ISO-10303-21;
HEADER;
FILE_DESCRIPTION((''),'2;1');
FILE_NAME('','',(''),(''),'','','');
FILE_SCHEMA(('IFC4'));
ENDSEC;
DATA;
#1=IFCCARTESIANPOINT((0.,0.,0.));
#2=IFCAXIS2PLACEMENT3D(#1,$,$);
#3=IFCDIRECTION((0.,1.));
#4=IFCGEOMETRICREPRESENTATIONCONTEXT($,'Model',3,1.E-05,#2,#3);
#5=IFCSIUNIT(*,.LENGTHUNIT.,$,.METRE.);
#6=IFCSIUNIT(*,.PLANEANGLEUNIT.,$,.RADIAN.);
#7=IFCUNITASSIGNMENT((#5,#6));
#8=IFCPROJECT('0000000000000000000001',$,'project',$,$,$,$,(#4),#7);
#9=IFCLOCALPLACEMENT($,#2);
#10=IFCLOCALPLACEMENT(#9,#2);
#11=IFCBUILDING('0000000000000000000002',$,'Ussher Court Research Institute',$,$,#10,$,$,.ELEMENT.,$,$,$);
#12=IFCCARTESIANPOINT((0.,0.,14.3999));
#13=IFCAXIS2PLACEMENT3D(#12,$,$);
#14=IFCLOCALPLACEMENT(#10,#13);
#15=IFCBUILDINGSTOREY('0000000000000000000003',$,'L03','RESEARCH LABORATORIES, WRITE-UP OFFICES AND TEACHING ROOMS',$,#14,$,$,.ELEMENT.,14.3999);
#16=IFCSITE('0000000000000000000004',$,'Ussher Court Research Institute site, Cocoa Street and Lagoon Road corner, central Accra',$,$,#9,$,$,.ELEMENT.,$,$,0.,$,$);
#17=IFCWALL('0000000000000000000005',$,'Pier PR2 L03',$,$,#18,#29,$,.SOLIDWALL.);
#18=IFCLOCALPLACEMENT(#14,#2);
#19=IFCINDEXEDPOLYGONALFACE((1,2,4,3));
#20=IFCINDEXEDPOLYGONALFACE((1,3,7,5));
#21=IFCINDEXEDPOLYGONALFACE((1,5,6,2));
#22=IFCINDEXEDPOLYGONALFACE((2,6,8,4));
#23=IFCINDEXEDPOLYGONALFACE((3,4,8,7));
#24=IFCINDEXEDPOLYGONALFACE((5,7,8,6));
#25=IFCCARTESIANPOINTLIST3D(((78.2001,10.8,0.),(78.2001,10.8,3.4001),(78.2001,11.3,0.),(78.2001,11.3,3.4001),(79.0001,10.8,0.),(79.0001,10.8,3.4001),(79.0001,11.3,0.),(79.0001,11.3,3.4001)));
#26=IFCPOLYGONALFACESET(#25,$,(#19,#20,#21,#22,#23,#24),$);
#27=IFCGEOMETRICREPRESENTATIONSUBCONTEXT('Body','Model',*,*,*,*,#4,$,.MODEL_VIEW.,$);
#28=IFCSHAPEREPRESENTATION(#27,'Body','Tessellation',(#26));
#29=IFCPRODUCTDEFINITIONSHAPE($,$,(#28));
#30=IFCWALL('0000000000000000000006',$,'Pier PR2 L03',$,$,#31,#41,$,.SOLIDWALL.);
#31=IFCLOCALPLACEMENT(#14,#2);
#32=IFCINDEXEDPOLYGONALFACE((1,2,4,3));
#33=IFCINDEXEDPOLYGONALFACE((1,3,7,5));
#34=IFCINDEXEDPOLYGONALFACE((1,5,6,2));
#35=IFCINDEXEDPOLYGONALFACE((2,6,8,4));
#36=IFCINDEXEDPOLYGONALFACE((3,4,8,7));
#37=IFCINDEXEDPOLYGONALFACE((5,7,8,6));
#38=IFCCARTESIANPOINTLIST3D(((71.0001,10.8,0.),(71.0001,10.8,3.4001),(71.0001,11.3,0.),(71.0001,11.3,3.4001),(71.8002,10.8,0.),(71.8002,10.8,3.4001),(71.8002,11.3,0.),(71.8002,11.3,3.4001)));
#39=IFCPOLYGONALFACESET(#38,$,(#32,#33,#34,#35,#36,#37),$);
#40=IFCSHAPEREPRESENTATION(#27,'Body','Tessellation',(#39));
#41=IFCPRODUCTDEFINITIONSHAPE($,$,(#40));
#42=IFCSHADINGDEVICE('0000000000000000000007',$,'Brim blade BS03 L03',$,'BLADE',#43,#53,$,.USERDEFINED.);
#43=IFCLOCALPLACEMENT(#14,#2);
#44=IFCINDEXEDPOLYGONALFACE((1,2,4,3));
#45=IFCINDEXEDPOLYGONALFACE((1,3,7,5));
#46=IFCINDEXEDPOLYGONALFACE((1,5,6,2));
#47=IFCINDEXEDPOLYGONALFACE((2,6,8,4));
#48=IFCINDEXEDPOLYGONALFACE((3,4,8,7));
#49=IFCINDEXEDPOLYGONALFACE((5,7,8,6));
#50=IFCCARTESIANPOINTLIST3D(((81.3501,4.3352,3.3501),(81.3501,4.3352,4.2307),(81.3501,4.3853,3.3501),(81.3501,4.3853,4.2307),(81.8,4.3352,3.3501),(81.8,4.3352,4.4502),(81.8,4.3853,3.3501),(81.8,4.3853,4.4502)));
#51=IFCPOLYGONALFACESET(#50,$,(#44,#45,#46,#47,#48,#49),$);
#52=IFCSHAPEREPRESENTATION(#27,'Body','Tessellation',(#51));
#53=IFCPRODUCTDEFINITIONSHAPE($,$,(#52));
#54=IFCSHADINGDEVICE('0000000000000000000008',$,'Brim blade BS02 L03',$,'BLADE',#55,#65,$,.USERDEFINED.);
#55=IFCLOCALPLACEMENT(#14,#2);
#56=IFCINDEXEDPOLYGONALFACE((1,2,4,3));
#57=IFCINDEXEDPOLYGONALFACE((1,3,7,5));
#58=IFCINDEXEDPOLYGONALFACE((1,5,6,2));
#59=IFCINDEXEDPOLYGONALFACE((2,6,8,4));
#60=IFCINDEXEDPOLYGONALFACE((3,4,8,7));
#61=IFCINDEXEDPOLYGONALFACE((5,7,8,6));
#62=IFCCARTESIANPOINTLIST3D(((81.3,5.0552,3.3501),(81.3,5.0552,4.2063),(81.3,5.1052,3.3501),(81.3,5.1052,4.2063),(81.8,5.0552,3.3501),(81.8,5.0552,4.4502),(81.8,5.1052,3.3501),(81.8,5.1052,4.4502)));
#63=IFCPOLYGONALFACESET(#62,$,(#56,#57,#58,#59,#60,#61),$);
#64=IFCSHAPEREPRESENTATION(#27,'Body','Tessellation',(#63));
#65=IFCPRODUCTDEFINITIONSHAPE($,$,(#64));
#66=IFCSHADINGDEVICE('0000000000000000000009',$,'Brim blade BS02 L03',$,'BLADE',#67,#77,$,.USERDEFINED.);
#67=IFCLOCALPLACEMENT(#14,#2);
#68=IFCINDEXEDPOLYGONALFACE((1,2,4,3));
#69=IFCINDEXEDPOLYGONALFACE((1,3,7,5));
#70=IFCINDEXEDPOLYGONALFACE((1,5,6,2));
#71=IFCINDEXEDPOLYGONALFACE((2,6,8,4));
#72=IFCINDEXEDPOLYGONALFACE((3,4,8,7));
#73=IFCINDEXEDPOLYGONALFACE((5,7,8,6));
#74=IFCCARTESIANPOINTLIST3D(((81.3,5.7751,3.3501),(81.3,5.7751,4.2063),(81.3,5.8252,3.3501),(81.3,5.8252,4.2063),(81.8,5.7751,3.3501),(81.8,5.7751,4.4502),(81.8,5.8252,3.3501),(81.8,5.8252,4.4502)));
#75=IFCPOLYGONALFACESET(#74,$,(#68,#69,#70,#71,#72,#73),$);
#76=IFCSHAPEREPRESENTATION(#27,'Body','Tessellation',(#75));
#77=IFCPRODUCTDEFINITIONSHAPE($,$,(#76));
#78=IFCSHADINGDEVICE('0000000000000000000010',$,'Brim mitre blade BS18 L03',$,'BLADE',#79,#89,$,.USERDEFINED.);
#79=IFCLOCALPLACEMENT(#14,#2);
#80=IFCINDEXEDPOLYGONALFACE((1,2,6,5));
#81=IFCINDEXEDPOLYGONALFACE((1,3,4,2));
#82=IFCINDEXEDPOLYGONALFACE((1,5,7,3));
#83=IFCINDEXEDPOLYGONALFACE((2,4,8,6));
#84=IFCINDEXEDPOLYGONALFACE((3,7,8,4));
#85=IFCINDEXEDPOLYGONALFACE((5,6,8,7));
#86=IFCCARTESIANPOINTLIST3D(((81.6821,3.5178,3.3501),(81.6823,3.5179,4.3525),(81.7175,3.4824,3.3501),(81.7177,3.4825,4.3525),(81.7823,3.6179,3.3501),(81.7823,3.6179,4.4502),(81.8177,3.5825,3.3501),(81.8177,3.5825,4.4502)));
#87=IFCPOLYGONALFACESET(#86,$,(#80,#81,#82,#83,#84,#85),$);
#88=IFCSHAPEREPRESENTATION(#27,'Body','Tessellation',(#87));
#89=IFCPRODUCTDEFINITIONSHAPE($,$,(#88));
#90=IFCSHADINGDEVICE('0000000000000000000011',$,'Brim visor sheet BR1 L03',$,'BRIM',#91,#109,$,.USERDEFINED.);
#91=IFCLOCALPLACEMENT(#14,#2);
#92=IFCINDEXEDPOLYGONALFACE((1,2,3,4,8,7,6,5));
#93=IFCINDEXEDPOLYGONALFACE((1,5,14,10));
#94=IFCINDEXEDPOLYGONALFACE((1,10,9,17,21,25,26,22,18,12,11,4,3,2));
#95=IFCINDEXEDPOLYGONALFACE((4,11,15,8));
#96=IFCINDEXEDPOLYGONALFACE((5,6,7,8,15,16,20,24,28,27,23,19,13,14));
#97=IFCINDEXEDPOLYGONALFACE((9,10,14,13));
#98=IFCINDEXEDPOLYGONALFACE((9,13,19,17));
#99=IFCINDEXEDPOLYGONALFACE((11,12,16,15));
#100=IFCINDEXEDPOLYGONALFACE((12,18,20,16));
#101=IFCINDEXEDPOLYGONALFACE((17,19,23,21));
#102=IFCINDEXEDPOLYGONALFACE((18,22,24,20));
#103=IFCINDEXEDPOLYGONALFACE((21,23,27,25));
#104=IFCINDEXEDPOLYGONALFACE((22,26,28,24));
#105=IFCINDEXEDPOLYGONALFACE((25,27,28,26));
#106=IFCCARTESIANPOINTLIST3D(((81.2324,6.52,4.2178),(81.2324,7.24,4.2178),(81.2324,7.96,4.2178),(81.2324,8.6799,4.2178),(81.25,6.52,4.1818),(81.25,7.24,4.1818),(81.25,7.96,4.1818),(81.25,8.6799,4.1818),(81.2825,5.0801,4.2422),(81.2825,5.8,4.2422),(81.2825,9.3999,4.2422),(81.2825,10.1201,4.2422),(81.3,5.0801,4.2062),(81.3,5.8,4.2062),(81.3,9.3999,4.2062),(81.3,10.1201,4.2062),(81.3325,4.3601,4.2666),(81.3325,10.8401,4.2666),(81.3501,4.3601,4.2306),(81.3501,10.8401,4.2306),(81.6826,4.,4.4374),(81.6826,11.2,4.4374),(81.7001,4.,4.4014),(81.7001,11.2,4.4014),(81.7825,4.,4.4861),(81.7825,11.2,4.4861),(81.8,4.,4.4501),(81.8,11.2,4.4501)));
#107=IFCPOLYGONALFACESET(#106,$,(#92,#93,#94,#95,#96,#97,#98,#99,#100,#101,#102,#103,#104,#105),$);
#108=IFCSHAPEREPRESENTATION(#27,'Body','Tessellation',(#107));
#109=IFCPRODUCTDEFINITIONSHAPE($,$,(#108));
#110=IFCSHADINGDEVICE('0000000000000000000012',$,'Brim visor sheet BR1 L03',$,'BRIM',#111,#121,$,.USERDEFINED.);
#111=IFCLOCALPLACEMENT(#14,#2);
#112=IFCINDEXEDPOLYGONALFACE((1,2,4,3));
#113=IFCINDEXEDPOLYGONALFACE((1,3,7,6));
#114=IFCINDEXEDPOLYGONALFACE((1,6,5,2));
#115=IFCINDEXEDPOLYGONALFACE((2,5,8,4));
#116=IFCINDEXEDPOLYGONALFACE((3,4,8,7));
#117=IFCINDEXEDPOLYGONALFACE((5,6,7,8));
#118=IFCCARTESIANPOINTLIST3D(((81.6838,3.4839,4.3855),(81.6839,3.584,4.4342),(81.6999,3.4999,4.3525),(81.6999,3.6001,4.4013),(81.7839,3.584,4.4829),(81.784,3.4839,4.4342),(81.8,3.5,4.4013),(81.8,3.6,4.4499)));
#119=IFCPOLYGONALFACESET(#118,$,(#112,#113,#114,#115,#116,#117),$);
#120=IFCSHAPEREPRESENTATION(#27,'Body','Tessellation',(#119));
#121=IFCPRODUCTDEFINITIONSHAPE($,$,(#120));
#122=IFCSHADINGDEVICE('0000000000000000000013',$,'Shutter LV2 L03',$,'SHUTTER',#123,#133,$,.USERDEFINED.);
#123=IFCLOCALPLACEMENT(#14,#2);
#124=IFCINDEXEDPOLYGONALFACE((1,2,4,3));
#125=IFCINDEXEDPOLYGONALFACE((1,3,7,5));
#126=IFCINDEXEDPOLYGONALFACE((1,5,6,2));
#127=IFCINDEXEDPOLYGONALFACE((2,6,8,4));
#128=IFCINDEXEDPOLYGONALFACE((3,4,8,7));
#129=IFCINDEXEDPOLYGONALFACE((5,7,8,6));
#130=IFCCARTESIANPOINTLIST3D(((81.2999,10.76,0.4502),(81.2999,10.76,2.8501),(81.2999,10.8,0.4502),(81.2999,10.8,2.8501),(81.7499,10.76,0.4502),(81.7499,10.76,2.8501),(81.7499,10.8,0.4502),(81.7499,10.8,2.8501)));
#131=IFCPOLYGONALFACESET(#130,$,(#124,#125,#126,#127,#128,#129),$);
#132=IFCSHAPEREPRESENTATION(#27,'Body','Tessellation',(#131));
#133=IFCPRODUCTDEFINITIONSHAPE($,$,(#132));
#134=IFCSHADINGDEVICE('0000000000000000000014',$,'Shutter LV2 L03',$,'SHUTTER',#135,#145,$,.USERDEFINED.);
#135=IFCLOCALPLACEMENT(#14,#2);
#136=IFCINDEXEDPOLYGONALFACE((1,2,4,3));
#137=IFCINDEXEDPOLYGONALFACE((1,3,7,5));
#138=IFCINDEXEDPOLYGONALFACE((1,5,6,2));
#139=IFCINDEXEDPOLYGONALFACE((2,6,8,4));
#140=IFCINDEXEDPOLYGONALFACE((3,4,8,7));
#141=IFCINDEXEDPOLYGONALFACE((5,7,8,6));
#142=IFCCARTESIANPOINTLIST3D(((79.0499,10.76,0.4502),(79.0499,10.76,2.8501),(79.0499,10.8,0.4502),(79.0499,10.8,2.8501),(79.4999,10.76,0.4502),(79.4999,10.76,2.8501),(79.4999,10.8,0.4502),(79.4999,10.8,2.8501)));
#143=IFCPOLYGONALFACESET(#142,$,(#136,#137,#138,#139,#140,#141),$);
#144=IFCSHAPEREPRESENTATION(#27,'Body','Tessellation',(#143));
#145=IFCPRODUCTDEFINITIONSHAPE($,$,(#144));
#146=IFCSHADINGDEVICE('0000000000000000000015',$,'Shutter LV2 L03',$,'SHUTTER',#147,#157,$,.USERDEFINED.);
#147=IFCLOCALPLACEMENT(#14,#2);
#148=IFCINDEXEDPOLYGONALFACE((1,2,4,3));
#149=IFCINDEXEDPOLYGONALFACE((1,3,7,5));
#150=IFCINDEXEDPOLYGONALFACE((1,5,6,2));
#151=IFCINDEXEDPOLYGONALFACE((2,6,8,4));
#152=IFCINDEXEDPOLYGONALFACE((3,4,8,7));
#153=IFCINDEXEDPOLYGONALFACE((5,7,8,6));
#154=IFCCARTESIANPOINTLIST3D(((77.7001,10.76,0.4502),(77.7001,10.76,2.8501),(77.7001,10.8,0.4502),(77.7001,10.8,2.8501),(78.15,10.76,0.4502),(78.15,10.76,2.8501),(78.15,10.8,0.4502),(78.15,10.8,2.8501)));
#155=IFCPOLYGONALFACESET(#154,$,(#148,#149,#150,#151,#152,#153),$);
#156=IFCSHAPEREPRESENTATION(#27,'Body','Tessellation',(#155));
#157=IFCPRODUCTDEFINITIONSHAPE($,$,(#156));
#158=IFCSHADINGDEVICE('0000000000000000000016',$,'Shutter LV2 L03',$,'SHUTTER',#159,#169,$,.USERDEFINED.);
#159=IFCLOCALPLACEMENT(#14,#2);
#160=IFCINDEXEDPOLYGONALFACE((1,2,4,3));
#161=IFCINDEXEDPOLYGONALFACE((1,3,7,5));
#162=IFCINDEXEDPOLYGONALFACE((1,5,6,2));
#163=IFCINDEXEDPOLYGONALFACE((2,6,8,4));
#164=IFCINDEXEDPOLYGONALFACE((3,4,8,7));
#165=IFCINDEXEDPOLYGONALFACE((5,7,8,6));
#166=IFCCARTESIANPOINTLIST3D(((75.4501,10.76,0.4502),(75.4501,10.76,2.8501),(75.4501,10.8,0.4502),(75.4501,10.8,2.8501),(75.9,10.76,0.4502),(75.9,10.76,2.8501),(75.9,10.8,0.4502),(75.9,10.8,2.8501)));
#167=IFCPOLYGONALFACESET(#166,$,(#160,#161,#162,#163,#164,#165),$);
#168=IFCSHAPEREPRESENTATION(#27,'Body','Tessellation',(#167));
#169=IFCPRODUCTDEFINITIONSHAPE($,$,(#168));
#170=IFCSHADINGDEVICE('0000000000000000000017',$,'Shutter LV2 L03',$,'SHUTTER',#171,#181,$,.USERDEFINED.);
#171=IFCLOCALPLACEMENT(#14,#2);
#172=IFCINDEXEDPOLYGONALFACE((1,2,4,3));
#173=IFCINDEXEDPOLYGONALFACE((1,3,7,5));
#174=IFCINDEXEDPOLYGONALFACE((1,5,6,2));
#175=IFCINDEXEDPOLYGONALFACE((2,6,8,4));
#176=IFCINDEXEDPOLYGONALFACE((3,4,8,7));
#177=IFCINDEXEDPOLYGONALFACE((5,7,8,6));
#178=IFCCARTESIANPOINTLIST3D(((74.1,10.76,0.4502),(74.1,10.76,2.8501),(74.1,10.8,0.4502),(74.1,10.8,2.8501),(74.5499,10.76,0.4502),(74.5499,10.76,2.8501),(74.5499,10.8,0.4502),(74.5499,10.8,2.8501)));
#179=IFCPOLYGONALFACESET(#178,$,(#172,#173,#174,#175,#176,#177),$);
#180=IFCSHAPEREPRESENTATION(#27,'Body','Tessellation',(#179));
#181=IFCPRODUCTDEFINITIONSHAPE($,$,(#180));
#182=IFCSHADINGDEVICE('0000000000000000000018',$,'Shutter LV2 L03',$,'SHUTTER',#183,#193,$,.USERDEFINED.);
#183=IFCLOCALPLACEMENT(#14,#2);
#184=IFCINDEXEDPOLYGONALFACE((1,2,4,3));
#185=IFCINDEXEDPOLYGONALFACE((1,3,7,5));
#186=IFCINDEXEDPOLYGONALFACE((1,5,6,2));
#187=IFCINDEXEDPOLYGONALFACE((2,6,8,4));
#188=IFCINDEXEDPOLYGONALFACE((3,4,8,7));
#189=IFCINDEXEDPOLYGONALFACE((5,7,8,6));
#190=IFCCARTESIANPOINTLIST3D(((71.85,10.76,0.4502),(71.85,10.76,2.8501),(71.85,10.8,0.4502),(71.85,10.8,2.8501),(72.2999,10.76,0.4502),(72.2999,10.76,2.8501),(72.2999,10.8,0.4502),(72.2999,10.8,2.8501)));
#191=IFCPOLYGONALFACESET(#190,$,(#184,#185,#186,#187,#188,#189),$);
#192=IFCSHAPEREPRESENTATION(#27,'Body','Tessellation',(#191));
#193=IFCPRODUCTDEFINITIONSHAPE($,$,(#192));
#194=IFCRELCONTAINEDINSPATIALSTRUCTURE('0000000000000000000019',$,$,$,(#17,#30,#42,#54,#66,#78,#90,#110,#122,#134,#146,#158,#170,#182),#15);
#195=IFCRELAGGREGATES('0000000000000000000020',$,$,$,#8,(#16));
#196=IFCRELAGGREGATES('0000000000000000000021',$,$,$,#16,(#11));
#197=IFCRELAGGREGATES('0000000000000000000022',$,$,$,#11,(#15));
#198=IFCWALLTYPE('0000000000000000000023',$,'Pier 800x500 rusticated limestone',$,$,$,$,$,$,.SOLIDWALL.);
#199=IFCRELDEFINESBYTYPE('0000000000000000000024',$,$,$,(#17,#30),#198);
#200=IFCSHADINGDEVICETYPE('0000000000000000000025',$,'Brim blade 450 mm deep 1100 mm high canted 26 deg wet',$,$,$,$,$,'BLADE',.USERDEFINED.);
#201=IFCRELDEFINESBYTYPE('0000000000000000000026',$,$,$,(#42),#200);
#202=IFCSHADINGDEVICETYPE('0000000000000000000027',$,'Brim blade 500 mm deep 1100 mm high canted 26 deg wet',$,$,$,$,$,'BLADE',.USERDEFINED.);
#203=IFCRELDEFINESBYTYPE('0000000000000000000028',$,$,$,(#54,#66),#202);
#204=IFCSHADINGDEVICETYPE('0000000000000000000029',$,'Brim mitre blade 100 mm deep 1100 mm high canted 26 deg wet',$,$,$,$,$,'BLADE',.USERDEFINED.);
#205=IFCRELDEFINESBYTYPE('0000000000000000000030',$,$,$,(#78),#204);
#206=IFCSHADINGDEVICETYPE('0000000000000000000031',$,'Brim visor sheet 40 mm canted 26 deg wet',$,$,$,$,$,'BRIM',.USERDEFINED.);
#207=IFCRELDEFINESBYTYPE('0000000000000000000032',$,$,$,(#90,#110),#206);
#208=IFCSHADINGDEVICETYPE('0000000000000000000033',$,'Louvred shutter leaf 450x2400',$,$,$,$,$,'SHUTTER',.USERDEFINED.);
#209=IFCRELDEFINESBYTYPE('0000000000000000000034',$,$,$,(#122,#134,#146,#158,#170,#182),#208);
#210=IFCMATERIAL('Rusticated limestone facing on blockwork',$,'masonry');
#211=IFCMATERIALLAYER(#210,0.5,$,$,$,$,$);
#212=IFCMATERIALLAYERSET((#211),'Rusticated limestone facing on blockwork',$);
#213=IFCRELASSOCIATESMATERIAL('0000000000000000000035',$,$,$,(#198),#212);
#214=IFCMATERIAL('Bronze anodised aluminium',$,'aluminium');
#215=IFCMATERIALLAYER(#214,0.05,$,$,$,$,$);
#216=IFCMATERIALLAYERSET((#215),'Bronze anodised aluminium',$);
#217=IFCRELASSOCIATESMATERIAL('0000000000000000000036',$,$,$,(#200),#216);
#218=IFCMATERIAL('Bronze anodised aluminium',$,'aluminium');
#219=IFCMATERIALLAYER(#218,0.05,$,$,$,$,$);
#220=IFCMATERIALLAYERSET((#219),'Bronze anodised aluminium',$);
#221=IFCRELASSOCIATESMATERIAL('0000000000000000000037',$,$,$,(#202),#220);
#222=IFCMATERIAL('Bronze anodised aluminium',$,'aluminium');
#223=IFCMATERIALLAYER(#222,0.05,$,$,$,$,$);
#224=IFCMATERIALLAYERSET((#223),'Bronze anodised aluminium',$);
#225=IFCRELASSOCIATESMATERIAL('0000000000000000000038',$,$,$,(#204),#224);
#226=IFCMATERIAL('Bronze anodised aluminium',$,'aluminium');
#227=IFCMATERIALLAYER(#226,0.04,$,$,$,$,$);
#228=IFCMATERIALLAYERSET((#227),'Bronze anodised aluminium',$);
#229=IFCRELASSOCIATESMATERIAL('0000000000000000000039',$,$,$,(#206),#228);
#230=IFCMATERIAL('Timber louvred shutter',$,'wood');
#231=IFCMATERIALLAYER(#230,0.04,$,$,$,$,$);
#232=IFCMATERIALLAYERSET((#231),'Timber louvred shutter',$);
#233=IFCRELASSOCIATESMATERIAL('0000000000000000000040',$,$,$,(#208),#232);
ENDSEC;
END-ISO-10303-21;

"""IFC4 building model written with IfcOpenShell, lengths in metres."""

from ifc_helpers import new_model, si_unit, direction, frame, frame_2d, origin, origin_2d, place, context, subcontext, project, spatial, polyline, rectangle, outline, extrude, material, layer, layer_set, type_object, element, save


model = new_model("IFC4")

# Units and contexts
model_context = context("Model", 3, precision=1e-05, world=origin(), true_north=direction((0.0, 1.0)))
body_context = subcontext(model_context, "Body", "Model", "MODEL_VIEW")
ifc_project = project(units=[si_unit("LENGTHUNIT", "METRE"), si_unit("PLANEANGLEUNIT", "RADIAN")], contexts=[model_context])

# Site, building, storey
site_placement = place(None, origin())
site = spatial("IfcSite", under=ifc_project, at=site_placement, Name="Ussher Court Research Institute site, Cocoa Street and Lagoon Road corner, central Accra", CompositionType="ELEMENT", RefElevation=0.0)
building_placement = place(site_placement, origin())
building = spatial("IfcBuilding", under=site, at=building_placement, Name="Ussher Court Research Institute", CompositionType="ELEMENT")
storey_placement = place(building_placement, frame((0.0, 0.0, 14.3999)))
storey = spatial("IfcBuildingStorey", under=building, at=storey_placement, Name="L03", Description="RESEARCH LABORATORIES, WRITE-UP OFFICES AND TEACHING ROOMS", CompositionType="ELEMENT", Elevation=14.3999)

# Walls
ifc_material_1 = material(Name="Rusticated limestone facing on blockwork", Category="masonry")
ifc_layer_1 = layer(ifc_material_1, 0.5)
ifc_layer_set_1 = layer_set([ifc_layer_1], Name="Rusticated limestone facing on blockwork")
wall_type_1 = type_object("IfcWallType", Name="Pier 800x500 rusticated limestone", PredefinedType="SOLIDWALL", material=ifc_layer_set_1)
for number, where, z_axis, x_axis, name in (
    (1, (79.0, 11.05, 0.0), (0.0, 0.0, 1.0), (-1.0, 0.0, 0.0), "Pier PR2 L03"),
    (2, (71.8, 11.05, 0.0), (0.0, 0.0, 1.0), (-1.0, 0.0, 0.0), "Pier PR2 L03"),
):
    element("IfcWall", number, at=place(storey_placement, frame(where, z_axis=z_axis, x_axis=x_axis)), inside=storey, type_object=wall_type_1, Name=name, PredefinedType="SOLIDWALL", context=body_context, shape_type="SweptSolid", body=[
        extrude(rectangle(XDim=0.8, YDim=0.5, at=frame_2d((0.3999, 0.0))), origin(), (0.0, 0.0, 1.0), 3.4001),
    ])

# Shading devices
ifc_material_2 = material(Name="Bronze anodised aluminium", Category="aluminium")
ifc_layer_2 = layer(ifc_material_2, 0.05)
ifc_layer_set_2 = layer_set([ifc_layer_2], Name="Bronze anodised aluminium")
shading_device_type_1 = type_object("IfcShadingDeviceType", Name="Brim blade 450 mm deep 1100 mm high canted 26 deg wet", ElementType="BLADE", PredefinedType="USERDEFINED", material=ifc_layer_set_2)
shading_device_1_placement = place(storey_placement, frame((81.8, 4.3601, 3.3501), z_axis=(0.0, 0.0, 1.0), x_axis=(-1.0, 0.0, 0.0)))
element("IfcShadingDevice", 3, at=shading_device_1_placement, inside=storey, type_object=shading_device_type_1, Name="Brim blade BS03 L03", ObjectType="BLADE", PredefinedType="USERDEFINED", context=body_context, shape_type="SweptSolid", body=[
    extrude(outline(polyline([(0.0, 0.0), (0.45, 0.0), (0.45, 0.8806), (0.0, 1.1001), (0.0, 0.0)])), frame((0.0, 0.0249, 0.0), z_axis=(0.0, -1.0, 0.0), x_axis=(1.0, 0.0, 0.0)), (0.0, 0.0, 1.0), 0.05),
])
ifc_material_3 = material(Name="Bronze anodised aluminium", Category="aluminium")
ifc_layer_3 = layer(ifc_material_3, 0.05)
ifc_layer_set_3 = layer_set([ifc_layer_3], Name="Bronze anodised aluminium")
shading_device_type_2 = type_object("IfcShadingDeviceType", Name="Brim blade 500 mm deep 1100 mm high canted 26 deg wet", ElementType="BLADE", PredefinedType="USERDEFINED", material=ifc_layer_set_3)
for number, where, z_axis, x_axis, name in (
    (4, (81.8, 5.0801, 3.3501), (0.0, 0.0, 1.0), (-1.0, 0.0, 0.0), "Brim blade BS02 L03"),
    (5, (81.8, 5.8, 3.3501), (0.0, 0.0, 1.0), (-1.0, 0.0, 0.0), "Brim blade BS02 L03"),
):
    element("IfcShadingDevice", number, at=place(storey_placement, frame(where, z_axis=z_axis, x_axis=x_axis)), inside=storey, type_object=shading_device_type_2, Name=name, ObjectType="BLADE", PredefinedType="USERDEFINED", context=body_context, shape_type="SweptSolid", body=[
        extrude(outline(polyline([(0.0, 0.0), (0.5, 0.0), (0.5, 0.8562), (0.0, 1.1001), (0.0, 0.0)])), frame((0.0, 0.0249, 0.0), z_axis=(0.0, -1.0, 0.0), x_axis=(1.0, 0.0, 0.0)), (0.0, 0.0, 1.0), 0.05),
    ])
ifc_material_4 = material(Name="Bronze anodised aluminium", Category="aluminium")
ifc_layer_4 = layer(ifc_material_4, 0.05)
ifc_layer_set_4 = layer_set([ifc_layer_4], Name="Bronze anodised aluminium")
shading_device_type_3 = type_object("IfcShadingDeviceType", Name="Brim mitre blade 100 mm deep 1100 mm high canted 26 deg wet", ElementType="BLADE", PredefinedType="USERDEFINED", material=ifc_layer_set_4)
shading_device_2_placement = place(storey_placement, frame((81.8, 3.6001, 3.3501), z_axis=(0.0, 0.0, 1.0), x_axis=(-0.707107, -0.707107, 0.0)))
element("IfcShadingDevice", 6, at=shading_device_2_placement, inside=storey, type_object=shading_device_type_3, Name="Brim mitre blade BS18 L03", ObjectType="BLADE", PredefinedType="USERDEFINED", context=body_context, shape_type="SweptSolid", body=[
    extrude(outline(polyline([(0.0, 0.0), (0.1416, 0.0), (0.1414, 1.0024), (0.0, 1.1001), (0.0, 0.0)])), frame((0.0, 0.0249, 0.0), z_axis=(0.0, -1.0, 0.0), x_axis=(1.0, 0.0, 0.0)), (0.0, 0.0, 1.0), 0.05),
])
ifc_material_5 = material(Name="Bronze anodised aluminium", Category="aluminium")
ifc_layer_5 = layer(ifc_material_5, 0.04)
ifc_layer_set_5 = layer_set([ifc_layer_5], Name="Bronze anodised aluminium")
shading_device_type_4 = type_object("IfcShadingDeviceType", Name="Brim visor sheet 40 mm canted 26 deg wet", ElementType="BRIM", PredefinedType="USERDEFINED", material=ifc_layer_set_5)
shading_device_3_placement = place(storey_placement, frame((81.7825, 4.0, 4.4861), z_axis=(-0.438424, 0.0, 0.898768), x_axis=(0.0, 1.0, 0.0)))
element("IfcShadingDevice", 7, at=shading_device_3_placement, inside=storey, type_object=shading_device_type_4, Name="Brim visor sheet BR1 L03", ObjectType="BRIM", PredefinedType="USERDEFINED", context=body_context, shape_type="SweptSolid", body=[
    extrude(outline(polyline([(0.0, 0.0), (7.2, 0.0), (7.2, 0.1112), (6.8401, 0.5006), (6.1201, 0.5563), (5.3999, 0.5563), (4.6799, 0.612), (3.96, 0.612), (3.24, 0.612), (2.52, 0.612), (1.8, 0.5563), (1.0801, 0.5563), (0.3601, 0.5006), (0.0, 0.1112), (0.0, 0.0)])), origin(), (0.0, 0.0, -1.0), 0.04),
])
shading_device_4_placement = place(storey_placement, frame((81.7839, 3.584, 4.4829), z_axis=(-0.400848, -0.400848, 0.823797), x_axis=(-0.899269, 0.000362, -0.437395)))
element("IfcShadingDevice", 8, at=shading_device_4_placement, inside=storey, type_object=shading_device_type_4, Name="Brim visor sheet BR1 L03", ObjectType="BRIM", PredefinedType="USERDEFINED", context=body_context, shape_type="SweptSolid", body=[
    extrude(outline(polyline([(0.0, 0.0), (0.1113, 0.0), (0.1326, 0.1093), (0.0212, 0.1092), (0.0, 0.0)])), origin(), (0.0, 0.0, -1.0), 0.04),
])
ifc_material_6 = material(Name="Timber louvred shutter", Category="wood")
ifc_layer_6 = layer(ifc_material_6, 0.04)
ifc_layer_set_6 = layer_set([ifc_layer_6], Name="Timber louvred shutter")
shading_device_type_5 = type_object("IfcShadingDeviceType", Name="Louvred shutter leaf 450x2400", ElementType="SHUTTER", PredefinedType="USERDEFINED", material=ifc_layer_set_6)
for number, where, z_axis, x_axis, name in (
    (9, (81.5249, 10.78, 0.4502), (0.0, 0.0, 1.0), (-1.0, 0.0, 0.0), "Shutter LV2 L03"),
    (10, (79.2749, 10.78, 0.4502), (0.0, 0.0, 1.0), (-1.0, 0.0, 0.0), "Shutter LV2 L03"),
    (11, (77.925, 10.78, 0.4502), (0.0, 0.0, 1.0), (-1.0, 0.0, 0.0), "Shutter LV2 L03"),
    (12, (75.675, 10.78, 0.4502), (0.0, 0.0, 1.0), (-1.0, 0.0, 0.0), "Shutter LV2 L03"),
    (13, (74.325, 10.78, 0.4502), (0.0, 0.0, 1.0), (-1.0, 0.0, 0.0), "Shutter LV2 L03"),
    (14, (72.075, 10.78, 0.4502), (0.0, 0.0, 1.0), (-1.0, 0.0, 0.0), "Shutter LV2 L03"),
):
    element("IfcShadingDevice", number, at=place(storey_placement, frame(where, z_axis=z_axis, x_axis=x_axis)), inside=storey, type_object=shading_device_type_5, Name=name, ObjectType="SHUTTER", PredefinedType="USERDEFINED", context=body_context, shape_type="SweptSolid", body=[
        extrude(rectangle(XDim=0.45, YDim=0.04, at=origin_2d()), origin(), (0.0, 0.0, 1.0), 2.3999),
    ])

save(model, "model.ifc")
